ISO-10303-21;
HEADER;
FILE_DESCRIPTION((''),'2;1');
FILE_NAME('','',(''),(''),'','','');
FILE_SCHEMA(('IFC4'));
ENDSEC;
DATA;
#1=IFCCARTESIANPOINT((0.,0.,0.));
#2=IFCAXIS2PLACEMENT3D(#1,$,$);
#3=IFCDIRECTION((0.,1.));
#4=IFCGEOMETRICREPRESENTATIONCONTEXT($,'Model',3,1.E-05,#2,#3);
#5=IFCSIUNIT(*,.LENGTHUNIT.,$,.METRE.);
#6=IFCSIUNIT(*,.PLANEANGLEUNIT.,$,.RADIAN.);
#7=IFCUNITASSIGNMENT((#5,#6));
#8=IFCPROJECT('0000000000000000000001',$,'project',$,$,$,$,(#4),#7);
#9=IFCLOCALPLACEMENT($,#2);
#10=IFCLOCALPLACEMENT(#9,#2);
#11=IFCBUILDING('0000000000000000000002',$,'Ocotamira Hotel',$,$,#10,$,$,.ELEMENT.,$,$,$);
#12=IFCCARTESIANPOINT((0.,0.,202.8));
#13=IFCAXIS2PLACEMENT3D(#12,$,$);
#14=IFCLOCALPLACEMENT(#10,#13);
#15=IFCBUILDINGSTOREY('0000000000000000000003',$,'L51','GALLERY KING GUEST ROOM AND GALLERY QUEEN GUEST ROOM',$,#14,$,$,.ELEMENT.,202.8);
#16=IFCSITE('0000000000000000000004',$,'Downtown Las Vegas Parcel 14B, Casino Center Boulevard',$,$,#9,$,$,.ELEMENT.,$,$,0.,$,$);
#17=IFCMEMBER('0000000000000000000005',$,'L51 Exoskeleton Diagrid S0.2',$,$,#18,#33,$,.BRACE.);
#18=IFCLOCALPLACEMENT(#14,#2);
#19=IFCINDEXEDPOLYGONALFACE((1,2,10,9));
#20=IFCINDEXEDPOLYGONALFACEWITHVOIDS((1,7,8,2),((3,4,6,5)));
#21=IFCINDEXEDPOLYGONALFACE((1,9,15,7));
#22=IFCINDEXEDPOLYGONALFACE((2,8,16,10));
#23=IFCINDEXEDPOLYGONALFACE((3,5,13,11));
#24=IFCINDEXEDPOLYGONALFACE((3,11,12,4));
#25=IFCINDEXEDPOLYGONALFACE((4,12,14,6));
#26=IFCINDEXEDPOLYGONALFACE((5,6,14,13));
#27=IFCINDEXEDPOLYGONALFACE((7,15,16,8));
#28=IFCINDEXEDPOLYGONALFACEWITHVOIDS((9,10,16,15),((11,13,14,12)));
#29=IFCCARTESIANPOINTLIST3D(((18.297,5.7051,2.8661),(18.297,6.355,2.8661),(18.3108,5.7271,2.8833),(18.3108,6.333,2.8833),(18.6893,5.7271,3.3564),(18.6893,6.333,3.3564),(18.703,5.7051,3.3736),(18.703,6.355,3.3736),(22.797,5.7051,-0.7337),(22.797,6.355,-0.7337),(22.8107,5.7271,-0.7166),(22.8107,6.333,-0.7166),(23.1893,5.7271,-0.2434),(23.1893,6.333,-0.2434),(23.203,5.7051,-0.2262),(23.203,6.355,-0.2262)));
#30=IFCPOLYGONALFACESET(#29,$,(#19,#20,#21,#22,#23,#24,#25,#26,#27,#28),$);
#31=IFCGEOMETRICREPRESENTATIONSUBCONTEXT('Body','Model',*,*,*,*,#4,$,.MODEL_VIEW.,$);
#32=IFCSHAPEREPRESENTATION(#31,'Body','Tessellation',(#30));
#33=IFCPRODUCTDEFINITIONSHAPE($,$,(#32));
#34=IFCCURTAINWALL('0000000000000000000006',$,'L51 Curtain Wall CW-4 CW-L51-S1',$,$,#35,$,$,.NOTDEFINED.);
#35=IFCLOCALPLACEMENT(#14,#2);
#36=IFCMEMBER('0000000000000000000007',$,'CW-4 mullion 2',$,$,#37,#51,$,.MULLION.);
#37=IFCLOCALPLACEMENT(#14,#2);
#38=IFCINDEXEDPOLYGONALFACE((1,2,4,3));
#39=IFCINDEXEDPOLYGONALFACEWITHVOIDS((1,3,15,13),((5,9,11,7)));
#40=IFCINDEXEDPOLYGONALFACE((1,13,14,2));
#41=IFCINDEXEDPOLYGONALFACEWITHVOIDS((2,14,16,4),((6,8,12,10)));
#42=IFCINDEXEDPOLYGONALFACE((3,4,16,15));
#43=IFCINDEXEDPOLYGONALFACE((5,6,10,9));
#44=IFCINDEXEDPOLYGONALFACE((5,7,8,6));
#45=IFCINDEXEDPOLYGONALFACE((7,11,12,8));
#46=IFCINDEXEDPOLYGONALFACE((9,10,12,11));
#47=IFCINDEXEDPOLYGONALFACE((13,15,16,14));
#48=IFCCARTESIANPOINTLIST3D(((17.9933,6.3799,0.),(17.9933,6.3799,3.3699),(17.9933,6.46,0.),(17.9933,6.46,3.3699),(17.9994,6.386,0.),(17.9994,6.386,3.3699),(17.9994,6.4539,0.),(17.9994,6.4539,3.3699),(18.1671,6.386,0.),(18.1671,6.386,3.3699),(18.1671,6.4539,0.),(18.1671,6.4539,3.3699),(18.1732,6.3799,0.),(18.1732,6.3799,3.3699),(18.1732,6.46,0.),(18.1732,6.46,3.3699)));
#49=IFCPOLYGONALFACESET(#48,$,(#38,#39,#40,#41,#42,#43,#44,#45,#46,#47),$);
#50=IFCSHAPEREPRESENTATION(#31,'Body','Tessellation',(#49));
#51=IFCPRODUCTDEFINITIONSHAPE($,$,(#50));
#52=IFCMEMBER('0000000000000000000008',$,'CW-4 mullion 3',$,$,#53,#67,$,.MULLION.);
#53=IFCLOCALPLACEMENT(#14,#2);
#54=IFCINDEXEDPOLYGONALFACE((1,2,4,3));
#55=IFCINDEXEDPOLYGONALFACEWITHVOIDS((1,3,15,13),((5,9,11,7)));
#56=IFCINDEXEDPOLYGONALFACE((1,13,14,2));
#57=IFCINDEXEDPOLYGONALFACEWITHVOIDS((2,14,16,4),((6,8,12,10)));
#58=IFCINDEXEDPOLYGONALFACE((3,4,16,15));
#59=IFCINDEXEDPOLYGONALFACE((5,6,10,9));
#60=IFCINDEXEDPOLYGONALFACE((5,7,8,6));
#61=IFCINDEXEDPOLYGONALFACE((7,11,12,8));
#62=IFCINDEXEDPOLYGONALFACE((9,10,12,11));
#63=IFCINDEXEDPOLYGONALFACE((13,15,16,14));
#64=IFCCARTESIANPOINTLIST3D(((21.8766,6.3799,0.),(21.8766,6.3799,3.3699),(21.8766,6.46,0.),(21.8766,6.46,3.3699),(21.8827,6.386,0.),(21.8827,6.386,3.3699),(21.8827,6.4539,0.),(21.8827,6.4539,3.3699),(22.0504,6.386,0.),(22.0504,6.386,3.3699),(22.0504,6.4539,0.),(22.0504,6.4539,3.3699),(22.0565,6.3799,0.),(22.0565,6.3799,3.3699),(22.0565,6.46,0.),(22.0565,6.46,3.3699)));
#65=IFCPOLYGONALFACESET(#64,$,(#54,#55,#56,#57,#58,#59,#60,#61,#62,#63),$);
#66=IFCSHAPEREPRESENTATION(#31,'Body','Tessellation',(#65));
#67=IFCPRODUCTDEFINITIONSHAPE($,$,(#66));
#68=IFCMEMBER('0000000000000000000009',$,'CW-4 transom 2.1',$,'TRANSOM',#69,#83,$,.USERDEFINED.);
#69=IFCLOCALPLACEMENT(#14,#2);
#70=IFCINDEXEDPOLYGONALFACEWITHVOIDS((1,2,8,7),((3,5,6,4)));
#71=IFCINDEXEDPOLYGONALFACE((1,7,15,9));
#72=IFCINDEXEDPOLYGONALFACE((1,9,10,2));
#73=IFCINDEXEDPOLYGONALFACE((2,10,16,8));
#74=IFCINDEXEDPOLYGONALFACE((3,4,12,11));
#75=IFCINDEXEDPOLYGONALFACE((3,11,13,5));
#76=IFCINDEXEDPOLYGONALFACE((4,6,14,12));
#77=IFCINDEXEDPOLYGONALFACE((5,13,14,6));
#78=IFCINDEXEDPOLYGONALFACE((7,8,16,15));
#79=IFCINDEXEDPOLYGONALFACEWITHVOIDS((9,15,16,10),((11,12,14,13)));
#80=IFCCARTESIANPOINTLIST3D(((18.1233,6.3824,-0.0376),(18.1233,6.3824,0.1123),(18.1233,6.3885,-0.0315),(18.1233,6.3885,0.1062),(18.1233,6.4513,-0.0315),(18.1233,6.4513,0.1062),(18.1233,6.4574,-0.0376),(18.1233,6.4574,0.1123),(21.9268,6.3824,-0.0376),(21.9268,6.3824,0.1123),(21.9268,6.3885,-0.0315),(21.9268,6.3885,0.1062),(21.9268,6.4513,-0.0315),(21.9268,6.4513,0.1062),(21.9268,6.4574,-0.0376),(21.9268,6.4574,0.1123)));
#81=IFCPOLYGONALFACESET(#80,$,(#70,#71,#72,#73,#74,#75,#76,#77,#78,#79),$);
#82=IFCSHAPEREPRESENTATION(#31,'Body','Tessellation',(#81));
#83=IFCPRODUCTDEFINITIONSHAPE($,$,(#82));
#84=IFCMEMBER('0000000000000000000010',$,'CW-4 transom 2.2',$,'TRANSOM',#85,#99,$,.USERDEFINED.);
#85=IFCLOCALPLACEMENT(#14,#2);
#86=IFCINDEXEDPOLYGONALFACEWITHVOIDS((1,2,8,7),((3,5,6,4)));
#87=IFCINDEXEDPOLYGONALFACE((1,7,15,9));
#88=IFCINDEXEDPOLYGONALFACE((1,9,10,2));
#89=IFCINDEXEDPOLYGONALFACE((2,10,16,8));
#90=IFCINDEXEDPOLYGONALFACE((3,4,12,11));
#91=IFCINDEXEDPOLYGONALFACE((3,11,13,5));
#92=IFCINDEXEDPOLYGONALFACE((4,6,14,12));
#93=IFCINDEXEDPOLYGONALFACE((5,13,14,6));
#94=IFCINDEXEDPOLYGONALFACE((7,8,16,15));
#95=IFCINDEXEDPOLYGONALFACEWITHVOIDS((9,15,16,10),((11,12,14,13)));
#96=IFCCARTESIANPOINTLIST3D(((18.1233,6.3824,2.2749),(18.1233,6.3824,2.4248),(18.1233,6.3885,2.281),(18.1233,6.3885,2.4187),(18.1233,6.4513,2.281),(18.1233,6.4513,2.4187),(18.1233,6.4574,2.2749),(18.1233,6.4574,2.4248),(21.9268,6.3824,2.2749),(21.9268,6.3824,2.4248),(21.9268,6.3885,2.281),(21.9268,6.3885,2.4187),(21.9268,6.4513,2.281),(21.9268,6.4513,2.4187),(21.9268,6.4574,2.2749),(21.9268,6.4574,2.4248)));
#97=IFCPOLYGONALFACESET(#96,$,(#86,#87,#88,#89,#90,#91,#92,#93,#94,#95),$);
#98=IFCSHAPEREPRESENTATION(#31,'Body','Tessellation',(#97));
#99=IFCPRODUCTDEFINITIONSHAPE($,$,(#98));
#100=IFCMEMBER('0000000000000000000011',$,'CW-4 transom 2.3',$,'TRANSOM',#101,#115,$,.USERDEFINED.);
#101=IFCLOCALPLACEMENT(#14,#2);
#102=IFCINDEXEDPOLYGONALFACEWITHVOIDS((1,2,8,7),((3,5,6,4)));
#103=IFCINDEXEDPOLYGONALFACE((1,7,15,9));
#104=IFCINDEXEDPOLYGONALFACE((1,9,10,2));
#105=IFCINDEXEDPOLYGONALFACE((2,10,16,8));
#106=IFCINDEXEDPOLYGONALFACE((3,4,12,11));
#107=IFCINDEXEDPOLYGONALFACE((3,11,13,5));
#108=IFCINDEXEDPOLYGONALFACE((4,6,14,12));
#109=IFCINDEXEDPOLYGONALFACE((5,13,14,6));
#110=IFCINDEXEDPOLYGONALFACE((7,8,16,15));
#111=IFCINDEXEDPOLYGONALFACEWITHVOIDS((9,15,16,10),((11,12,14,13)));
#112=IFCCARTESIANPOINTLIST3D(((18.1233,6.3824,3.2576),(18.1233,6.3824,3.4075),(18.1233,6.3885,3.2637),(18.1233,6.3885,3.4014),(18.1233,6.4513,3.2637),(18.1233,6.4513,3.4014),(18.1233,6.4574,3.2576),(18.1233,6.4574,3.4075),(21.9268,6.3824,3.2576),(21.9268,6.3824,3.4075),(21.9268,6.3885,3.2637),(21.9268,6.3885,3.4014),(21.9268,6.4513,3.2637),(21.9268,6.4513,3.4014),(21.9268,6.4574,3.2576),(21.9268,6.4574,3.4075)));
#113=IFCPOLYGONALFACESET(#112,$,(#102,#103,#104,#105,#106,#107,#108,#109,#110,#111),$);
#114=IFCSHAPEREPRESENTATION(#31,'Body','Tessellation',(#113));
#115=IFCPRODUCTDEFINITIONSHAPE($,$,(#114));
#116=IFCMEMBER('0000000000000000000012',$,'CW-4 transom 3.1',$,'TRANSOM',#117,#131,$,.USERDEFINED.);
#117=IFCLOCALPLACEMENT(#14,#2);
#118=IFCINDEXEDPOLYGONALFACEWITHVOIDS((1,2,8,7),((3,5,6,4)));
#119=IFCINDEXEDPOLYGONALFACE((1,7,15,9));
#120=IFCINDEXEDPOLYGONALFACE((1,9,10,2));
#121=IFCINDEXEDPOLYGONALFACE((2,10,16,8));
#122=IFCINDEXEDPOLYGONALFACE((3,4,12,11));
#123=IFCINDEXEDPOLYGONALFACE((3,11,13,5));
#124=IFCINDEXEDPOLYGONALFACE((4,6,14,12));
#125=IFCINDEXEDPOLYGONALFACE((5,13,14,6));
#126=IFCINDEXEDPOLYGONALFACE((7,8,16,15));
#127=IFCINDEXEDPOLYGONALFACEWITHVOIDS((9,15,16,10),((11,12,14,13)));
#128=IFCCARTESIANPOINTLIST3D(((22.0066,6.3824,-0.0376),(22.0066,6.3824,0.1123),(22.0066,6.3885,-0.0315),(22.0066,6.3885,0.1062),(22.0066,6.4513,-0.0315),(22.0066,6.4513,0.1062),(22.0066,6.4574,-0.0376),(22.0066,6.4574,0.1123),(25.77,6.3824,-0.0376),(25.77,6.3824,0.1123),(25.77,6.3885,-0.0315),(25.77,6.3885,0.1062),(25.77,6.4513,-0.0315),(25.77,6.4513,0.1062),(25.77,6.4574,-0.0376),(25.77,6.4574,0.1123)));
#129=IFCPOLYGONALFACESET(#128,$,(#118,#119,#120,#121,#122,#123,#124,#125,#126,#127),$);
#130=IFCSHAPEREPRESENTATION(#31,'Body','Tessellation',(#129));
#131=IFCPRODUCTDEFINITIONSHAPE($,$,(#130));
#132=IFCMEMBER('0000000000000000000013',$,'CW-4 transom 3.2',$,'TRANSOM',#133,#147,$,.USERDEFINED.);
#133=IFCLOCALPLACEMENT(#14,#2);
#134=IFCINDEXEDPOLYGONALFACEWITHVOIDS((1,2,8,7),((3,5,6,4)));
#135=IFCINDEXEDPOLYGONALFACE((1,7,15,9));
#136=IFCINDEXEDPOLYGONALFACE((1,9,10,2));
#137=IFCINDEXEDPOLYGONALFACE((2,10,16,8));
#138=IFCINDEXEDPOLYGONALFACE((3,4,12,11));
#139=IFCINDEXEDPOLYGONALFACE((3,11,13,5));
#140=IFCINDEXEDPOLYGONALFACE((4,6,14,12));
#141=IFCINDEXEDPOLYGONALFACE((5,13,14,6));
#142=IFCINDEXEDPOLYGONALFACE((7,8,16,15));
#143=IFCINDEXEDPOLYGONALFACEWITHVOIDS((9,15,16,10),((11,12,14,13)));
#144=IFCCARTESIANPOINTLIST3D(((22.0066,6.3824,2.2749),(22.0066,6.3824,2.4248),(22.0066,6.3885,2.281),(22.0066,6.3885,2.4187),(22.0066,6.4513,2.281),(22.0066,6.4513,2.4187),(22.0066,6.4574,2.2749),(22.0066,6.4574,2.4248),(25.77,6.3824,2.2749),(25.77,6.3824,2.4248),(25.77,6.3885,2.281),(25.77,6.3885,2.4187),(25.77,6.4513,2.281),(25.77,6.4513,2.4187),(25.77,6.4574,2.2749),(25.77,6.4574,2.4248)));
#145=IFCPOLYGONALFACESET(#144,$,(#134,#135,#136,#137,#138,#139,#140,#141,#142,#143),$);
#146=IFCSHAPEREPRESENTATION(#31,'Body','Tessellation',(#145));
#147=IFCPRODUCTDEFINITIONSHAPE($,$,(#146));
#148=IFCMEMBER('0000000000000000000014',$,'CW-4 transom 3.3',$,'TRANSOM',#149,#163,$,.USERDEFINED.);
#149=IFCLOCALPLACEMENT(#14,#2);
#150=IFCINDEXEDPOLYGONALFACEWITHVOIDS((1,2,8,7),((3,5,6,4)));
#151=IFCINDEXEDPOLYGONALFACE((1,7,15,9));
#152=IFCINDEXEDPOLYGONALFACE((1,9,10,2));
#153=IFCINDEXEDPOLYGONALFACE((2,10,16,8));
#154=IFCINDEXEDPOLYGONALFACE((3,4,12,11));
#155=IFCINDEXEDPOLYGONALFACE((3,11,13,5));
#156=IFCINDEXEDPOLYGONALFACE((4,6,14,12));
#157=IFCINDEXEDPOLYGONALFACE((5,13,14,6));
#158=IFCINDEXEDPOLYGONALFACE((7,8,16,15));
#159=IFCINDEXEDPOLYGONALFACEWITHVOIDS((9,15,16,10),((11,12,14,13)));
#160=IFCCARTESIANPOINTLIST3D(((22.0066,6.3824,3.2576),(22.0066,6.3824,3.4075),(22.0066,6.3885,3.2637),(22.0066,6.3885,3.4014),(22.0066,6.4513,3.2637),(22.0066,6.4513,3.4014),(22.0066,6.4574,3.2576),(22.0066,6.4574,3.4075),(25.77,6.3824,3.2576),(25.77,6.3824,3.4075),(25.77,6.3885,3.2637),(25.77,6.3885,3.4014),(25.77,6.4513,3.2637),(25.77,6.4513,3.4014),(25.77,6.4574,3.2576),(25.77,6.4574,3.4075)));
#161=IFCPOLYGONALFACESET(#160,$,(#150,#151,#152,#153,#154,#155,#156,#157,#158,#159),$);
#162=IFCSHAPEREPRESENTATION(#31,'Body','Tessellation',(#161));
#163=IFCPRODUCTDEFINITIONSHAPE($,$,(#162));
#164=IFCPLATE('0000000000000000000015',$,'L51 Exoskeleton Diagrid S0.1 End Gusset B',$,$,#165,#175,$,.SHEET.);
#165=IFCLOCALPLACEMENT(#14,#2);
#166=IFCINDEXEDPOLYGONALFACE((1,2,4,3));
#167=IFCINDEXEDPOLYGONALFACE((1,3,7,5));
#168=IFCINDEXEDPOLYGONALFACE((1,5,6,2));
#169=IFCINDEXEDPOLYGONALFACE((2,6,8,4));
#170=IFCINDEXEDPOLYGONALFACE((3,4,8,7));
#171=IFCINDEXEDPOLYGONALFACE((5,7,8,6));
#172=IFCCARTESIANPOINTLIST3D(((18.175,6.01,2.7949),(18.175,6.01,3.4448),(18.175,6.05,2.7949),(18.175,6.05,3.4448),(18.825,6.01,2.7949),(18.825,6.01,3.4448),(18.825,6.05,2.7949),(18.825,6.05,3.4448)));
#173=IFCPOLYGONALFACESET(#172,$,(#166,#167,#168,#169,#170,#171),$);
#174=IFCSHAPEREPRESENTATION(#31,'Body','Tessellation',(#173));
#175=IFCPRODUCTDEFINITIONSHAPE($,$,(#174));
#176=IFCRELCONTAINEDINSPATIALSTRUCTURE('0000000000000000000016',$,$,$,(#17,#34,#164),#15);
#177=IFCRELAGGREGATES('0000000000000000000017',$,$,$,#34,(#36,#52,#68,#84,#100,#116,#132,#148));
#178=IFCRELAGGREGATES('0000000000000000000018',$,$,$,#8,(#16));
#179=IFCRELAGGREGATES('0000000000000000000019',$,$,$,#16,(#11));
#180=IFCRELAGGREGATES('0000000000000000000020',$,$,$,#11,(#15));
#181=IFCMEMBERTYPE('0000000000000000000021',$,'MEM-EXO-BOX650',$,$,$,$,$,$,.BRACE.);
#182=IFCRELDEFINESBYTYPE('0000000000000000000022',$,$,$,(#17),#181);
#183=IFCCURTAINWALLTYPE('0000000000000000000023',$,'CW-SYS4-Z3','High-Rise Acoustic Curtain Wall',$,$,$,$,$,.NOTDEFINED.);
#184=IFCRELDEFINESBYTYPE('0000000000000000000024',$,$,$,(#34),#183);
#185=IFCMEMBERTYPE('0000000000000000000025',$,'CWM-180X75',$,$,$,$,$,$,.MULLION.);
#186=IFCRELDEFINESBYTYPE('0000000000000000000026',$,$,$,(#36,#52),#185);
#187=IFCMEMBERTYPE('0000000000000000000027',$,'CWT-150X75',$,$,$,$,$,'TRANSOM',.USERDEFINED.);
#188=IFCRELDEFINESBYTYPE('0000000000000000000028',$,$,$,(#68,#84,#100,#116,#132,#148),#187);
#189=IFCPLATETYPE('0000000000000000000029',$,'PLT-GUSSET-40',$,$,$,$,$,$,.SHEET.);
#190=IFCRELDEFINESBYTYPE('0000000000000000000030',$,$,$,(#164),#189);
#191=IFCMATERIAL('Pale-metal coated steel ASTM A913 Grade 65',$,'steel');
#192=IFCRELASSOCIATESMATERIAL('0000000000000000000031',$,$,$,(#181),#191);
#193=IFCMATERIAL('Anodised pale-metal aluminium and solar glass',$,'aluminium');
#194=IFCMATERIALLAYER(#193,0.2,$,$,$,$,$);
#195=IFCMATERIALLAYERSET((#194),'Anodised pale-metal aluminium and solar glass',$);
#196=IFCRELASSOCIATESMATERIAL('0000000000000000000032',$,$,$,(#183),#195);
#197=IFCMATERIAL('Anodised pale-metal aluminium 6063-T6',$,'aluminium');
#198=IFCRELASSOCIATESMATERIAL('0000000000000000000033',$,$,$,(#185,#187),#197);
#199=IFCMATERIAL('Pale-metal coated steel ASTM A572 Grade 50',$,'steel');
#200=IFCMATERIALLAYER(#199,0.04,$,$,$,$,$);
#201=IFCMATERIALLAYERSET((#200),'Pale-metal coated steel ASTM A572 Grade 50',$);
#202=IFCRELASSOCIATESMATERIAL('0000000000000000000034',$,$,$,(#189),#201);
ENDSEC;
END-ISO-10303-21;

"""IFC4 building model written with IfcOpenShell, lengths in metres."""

from ifc_helpers import new_model, si_unit, direction, frame, origin, origin_2d, place, context, subcontext, project, spatial, rectangle, hollow_rectangle, extrude, source, transform, mapped, material, layer, layer_set, material_profile, profile_set, type_object, element, aggregate, save


model = new_model("IFC4")

# Units and contexts
model_context = context("Model", 3, precision=1e-05, world=origin(), true_north=direction((0.0, 1.0)))
body_context = subcontext(model_context, "Body", "Model", "MODEL_VIEW")
ifc_project = project(units=[si_unit("LENGTHUNIT", "METRE"), si_unit("PLANEANGLEUNIT", "RADIAN")], contexts=[model_context])

# Site, building, storey
site_placement = place(None, origin())
site = spatial("IfcSite", under=ifc_project, at=site_placement, Name="Downtown Las Vegas Parcel 14B, Casino Center Boulevard", CompositionType="ELEMENT", RefElevation=0.0)
building_placement = place(site_placement, origin())
building = spatial("IfcBuilding", under=site, at=building_placement, Name="Ocotamira Hotel", CompositionType="ELEMENT")
storey_placement = place(building_placement, frame((0.0, 0.0, 202.8)))
storey = spatial("IfcBuildingStorey", under=building, at=storey_placement, Name="L51", Description="GALLERY KING GUEST ROOM AND GALLERY QUEEN GUEST ROOM", CompositionType="ELEMENT", Elevation=202.8)

# Member
ifc_material_1 = material(Name="Pale-metal coated steel ASTM A913 Grade 65", Category="steel")
ifc_material_profile_1 = material_profile(ifc_material_1, hollow_rectangle(XDim=0.6499, YDim=0.6499, WallThickness=0.022, at=origin_2d()), Name="BOX650X650X22")
ifc_profile_set_1 = profile_set([ifc_material_profile_1], Name="Pale-metal coated steel ASTM A913 Grade 65")
member_type_1 = type_object("IfcMemberType", Name="MEM-EXO-BOX650", PredefinedType="BRACE", material=ifc_profile_set_1)
shared_shape_1 = source(origin(), body_context, "Body", "SweptSolid", [
    extrude(hollow_rectangle(XDim=0.6499, YDim=0.6499, WallThickness=0.022, at=origin_2d()), origin(), (0.0, 0.0, 1.0), 5.7627),
])
member_1_placement = place(storey_placement, frame((23.0, 6.03, -0.48), z_axis=(-0.780881, 0.0, 0.62468), x_axis=(0.0, -1.0, 0.0)))
element("IfcMember", 1, at=member_1_placement, inside=storey, type_object=member_type_1, Name="L51 Exoskeleton Diagrid S0.2", PredefinedType="BRACE", context=body_context, shape_type="MappedRepresentation", body=[
    mapped(shared_shape_1, transform((0.0, 0.0, 0.0), scale=1.0)),
])

# Curtain wall, members
ifc_material_2 = material(Name="Anodised pale-metal aluminium and solar glass", Category="aluminium")
ifc_layer_1 = layer(ifc_material_2, 0.2)
ifc_layer_set_1 = layer_set([ifc_layer_1], Name="Anodised pale-metal aluminium and solar glass")
curtain_wall_type = type_object("IfcCurtainWallType", Name="CW-SYS4-Z3", Description="High-Rise Acoustic Curtain Wall", PredefinedType="NOTDEFINED", material=ifc_layer_set_1)
curtain_wall_placement = place(storey_placement, origin())
curtain_wall = element("IfcCurtainWall", 2, at=curtain_wall_placement, inside=storey, type_object=curtain_wall_type, Name="L51 Curtain Wall CW-4 CW-L51-S1", PredefinedType="NOTDEFINED")
ifc_material_3 = material(Name="Anodised pale-metal aluminium 6063-T6", Category="aluminium")
ifc_material_profile_2 = material_profile(ifc_material_3, hollow_rectangle(XDim=0.0801, YDim=0.1799, WallThickness=0.0061, at=origin_2d()), Name="HSS180X80X6")
ifc_profile_set_2 = profile_set([ifc_material_profile_2], Name="Anodised pale-metal aluminium 6063-T6")
member_type_2 = type_object("IfcMemberType", Name="CWM-180X75", PredefinedType="MULLION", material=ifc_profile_set_2)
shared_shape_2 = source(origin(), body_context, "Body", "SweptSolid", [
    extrude(hollow_rectangle(XDim=0.0801, YDim=0.1799, WallThickness=0.0061, at=origin_2d()), origin(), (0.0, 0.0, 1.0), 3.3699),
])
member_2_placement = place(storey_placement, frame((18.0833, 6.4199, 0.0), z_axis=(0.0, 0.0, 1.0), x_axis=(0.0, 1.0, 0.0)))
member_2 = element("IfcMember", 3, at=member_2_placement, type_object=member_type_2, Name="CW-4 mullion 2", PredefinedType="MULLION", context=body_context, shape_type="MappedRepresentation", body=[
    mapped(shared_shape_2, transform((0.0, 0.0, 0.0), scale=1.0)),
])
member_3_placement = place(storey_placement, frame((21.9666, 6.4199, 0.0), z_axis=(0.0, 0.0, 1.0), x_axis=(0.0, 1.0, 0.0)))
member_3 = element("IfcMember", 4, at=member_3_placement, type_object=member_type_2, Name="CW-4 mullion 3", PredefinedType="MULLION", context=body_context, shape_type="MappedRepresentation", body=[
    mapped(shared_shape_2, transform((0.0, 0.0, 0.0), scale=1.0)),
])
ifc_material_profile_3 = material_profile(ifc_material_3, hollow_rectangle(XDim=0.075, YDim=0.1499, WallThickness=0.0061, at=origin_2d()), Name="HSS150X75X6")
ifc_profile_set_3 = profile_set([ifc_material_profile_3], Name="Anodised pale-metal aluminium 6063-T6")
member_type_3 = type_object("IfcMemberType", Name="CWT-150X75", ElementType="TRANSOM", PredefinedType="USERDEFINED", material=ifc_profile_set_3)
shared_shape_3 = source(origin(), body_context, "Body", "SweptSolid", [
    extrude(hollow_rectangle(XDim=0.075, YDim=0.1499, WallThickness=0.0061, at=origin_2d()), origin(), (0.0, 0.0, 1.0), 3.8035),
])
member_4_placement = place(storey_placement, frame((18.1233, 6.4199, 0.0374), z_axis=(1.0, 0.0, 0.0), x_axis=(0.0, 1.0, 0.0)))
member_4 = element("IfcMember", 5, at=member_4_placement, type_object=member_type_3, Name="CW-4 transom 2.1", ObjectType="TRANSOM", PredefinedType="USERDEFINED", context=body_context, shape_type="MappedRepresentation", body=[
    mapped(shared_shape_3, transform((0.0, 0.0, 0.0), scale=1.0)),
])
member_5_placement = place(storey_placement, frame((18.1233, 6.4199, 2.3499), z_axis=(1.0, 0.0, 0.0), x_axis=(0.0, 1.0, 0.0)))
member_5 = element("IfcMember", 6, at=member_5_placement, type_object=member_type_3, Name="CW-4 transom 2.2", ObjectType="TRANSOM", PredefinedType="USERDEFINED", context=body_context, shape_type="MappedRepresentation", body=[
    mapped(shared_shape_3, transform((0.0, 0.0, 0.0), scale=1.0)),
])
member_6_placement = place(storey_placement, frame((18.1233, 6.4199, 3.3325), z_axis=(1.0, 0.0, 0.0), x_axis=(0.0, 1.0, 0.0)))
member_6 = element("IfcMember", 7, at=member_6_placement, type_object=member_type_3, Name="CW-4 transom 2.3", ObjectType="TRANSOM", PredefinedType="USERDEFINED", context=body_context, shape_type="MappedRepresentation", body=[
    mapped(shared_shape_3, transform((0.0, 0.0, 0.0), scale=1.0)),
])
shared_shape_4 = source(origin(), body_context, "Body", "SweptSolid", [
    extrude(hollow_rectangle(XDim=0.075, YDim=0.1499, WallThickness=0.0061, at=origin_2d()), origin(), (0.0, 0.0, 1.0), 3.7634),
])
member_7_placement = place(storey_placement, frame((22.0066, 6.4199, 0.0374), z_axis=(1.0, 0.0, 0.0), x_axis=(0.0, 1.0, 0.0)))
member_7 = element("IfcMember", 8, at=member_7_placement, type_object=member_type_3, Name="CW-4 transom 3.1", ObjectType="TRANSOM", PredefinedType="USERDEFINED", context=body_context, shape_type="MappedRepresentation", body=[
    mapped(shared_shape_4, transform((0.0, 0.0, 0.0), scale=1.0)),
])
member_8_placement = place(storey_placement, frame((22.0066, 6.4199, 2.3499), z_axis=(1.0, 0.0, 0.0), x_axis=(0.0, 1.0, 0.0)))
member_8 = element("IfcMember", 9, at=member_8_placement, type_object=member_type_3, Name="CW-4 transom 3.2", ObjectType="TRANSOM", PredefinedType="USERDEFINED", context=body_context, shape_type="MappedRepresentation", body=[
    mapped(shared_shape_4, transform((0.0, 0.0, 0.0), scale=1.0)),
])
member_9_placement = place(storey_placement, frame((22.0066, 6.4199, 3.3325), z_axis=(1.0, 0.0, 0.0), x_axis=(0.0, 1.0, 0.0)))
member_9 = element("IfcMember", 10, at=member_9_placement, type_object=member_type_3, Name="CW-4 transom 3.3", ObjectType="TRANSOM", PredefinedType="USERDEFINED", context=body_context, shape_type="MappedRepresentation", body=[
    mapped(shared_shape_4, transform((0.0, 0.0, 0.0), scale=1.0)),
])

# Plate
ifc_material_4 = material(Name="Pale-metal coated steel ASTM A572 Grade 50", Category="steel")
ifc_layer_2 = layer(ifc_material_4, 0.04)
ifc_layer_set_2 = layer_set([ifc_layer_2], Name="Pale-metal coated steel ASTM A572 Grade 50")
plate_type_1 = type_object("IfcPlateType", Name="PLT-GUSSET-40", PredefinedType="SHEET", material=ifc_layer_set_2)
shared_shape_5 = source(origin(), body_context, "Body", "SweptSolid", [
    extrude(rectangle(XDim=0.6499, YDim=0.04, at=origin_2d()), origin(), (0.0, 0.0, 1.0), 0.6499),
])
plate_1_placement = place(storey_placement, frame((18.5, 6.03, 2.7949), z_axis=(0.0, 0.0, 1.0), x_axis=(1.0, 0.0, 0.0)))
element("IfcPlate", 11, at=plate_1_placement, inside=storey, type_object=plate_type_1, Name="L51 Exoskeleton Diagrid S0.1 End Gusset B", PredefinedType="SHEET", context=body_context, shape_type="MappedRepresentation", body=[
    mapped(shared_shape_5, transform((0.0, 0.0, 0.0), scale=1.0)),
])
aggregate(curtain_wall, [member_2, member_3, member_4, member_5, member_6, member_7, member_8, member_9])

save(model, "model.ifc")
